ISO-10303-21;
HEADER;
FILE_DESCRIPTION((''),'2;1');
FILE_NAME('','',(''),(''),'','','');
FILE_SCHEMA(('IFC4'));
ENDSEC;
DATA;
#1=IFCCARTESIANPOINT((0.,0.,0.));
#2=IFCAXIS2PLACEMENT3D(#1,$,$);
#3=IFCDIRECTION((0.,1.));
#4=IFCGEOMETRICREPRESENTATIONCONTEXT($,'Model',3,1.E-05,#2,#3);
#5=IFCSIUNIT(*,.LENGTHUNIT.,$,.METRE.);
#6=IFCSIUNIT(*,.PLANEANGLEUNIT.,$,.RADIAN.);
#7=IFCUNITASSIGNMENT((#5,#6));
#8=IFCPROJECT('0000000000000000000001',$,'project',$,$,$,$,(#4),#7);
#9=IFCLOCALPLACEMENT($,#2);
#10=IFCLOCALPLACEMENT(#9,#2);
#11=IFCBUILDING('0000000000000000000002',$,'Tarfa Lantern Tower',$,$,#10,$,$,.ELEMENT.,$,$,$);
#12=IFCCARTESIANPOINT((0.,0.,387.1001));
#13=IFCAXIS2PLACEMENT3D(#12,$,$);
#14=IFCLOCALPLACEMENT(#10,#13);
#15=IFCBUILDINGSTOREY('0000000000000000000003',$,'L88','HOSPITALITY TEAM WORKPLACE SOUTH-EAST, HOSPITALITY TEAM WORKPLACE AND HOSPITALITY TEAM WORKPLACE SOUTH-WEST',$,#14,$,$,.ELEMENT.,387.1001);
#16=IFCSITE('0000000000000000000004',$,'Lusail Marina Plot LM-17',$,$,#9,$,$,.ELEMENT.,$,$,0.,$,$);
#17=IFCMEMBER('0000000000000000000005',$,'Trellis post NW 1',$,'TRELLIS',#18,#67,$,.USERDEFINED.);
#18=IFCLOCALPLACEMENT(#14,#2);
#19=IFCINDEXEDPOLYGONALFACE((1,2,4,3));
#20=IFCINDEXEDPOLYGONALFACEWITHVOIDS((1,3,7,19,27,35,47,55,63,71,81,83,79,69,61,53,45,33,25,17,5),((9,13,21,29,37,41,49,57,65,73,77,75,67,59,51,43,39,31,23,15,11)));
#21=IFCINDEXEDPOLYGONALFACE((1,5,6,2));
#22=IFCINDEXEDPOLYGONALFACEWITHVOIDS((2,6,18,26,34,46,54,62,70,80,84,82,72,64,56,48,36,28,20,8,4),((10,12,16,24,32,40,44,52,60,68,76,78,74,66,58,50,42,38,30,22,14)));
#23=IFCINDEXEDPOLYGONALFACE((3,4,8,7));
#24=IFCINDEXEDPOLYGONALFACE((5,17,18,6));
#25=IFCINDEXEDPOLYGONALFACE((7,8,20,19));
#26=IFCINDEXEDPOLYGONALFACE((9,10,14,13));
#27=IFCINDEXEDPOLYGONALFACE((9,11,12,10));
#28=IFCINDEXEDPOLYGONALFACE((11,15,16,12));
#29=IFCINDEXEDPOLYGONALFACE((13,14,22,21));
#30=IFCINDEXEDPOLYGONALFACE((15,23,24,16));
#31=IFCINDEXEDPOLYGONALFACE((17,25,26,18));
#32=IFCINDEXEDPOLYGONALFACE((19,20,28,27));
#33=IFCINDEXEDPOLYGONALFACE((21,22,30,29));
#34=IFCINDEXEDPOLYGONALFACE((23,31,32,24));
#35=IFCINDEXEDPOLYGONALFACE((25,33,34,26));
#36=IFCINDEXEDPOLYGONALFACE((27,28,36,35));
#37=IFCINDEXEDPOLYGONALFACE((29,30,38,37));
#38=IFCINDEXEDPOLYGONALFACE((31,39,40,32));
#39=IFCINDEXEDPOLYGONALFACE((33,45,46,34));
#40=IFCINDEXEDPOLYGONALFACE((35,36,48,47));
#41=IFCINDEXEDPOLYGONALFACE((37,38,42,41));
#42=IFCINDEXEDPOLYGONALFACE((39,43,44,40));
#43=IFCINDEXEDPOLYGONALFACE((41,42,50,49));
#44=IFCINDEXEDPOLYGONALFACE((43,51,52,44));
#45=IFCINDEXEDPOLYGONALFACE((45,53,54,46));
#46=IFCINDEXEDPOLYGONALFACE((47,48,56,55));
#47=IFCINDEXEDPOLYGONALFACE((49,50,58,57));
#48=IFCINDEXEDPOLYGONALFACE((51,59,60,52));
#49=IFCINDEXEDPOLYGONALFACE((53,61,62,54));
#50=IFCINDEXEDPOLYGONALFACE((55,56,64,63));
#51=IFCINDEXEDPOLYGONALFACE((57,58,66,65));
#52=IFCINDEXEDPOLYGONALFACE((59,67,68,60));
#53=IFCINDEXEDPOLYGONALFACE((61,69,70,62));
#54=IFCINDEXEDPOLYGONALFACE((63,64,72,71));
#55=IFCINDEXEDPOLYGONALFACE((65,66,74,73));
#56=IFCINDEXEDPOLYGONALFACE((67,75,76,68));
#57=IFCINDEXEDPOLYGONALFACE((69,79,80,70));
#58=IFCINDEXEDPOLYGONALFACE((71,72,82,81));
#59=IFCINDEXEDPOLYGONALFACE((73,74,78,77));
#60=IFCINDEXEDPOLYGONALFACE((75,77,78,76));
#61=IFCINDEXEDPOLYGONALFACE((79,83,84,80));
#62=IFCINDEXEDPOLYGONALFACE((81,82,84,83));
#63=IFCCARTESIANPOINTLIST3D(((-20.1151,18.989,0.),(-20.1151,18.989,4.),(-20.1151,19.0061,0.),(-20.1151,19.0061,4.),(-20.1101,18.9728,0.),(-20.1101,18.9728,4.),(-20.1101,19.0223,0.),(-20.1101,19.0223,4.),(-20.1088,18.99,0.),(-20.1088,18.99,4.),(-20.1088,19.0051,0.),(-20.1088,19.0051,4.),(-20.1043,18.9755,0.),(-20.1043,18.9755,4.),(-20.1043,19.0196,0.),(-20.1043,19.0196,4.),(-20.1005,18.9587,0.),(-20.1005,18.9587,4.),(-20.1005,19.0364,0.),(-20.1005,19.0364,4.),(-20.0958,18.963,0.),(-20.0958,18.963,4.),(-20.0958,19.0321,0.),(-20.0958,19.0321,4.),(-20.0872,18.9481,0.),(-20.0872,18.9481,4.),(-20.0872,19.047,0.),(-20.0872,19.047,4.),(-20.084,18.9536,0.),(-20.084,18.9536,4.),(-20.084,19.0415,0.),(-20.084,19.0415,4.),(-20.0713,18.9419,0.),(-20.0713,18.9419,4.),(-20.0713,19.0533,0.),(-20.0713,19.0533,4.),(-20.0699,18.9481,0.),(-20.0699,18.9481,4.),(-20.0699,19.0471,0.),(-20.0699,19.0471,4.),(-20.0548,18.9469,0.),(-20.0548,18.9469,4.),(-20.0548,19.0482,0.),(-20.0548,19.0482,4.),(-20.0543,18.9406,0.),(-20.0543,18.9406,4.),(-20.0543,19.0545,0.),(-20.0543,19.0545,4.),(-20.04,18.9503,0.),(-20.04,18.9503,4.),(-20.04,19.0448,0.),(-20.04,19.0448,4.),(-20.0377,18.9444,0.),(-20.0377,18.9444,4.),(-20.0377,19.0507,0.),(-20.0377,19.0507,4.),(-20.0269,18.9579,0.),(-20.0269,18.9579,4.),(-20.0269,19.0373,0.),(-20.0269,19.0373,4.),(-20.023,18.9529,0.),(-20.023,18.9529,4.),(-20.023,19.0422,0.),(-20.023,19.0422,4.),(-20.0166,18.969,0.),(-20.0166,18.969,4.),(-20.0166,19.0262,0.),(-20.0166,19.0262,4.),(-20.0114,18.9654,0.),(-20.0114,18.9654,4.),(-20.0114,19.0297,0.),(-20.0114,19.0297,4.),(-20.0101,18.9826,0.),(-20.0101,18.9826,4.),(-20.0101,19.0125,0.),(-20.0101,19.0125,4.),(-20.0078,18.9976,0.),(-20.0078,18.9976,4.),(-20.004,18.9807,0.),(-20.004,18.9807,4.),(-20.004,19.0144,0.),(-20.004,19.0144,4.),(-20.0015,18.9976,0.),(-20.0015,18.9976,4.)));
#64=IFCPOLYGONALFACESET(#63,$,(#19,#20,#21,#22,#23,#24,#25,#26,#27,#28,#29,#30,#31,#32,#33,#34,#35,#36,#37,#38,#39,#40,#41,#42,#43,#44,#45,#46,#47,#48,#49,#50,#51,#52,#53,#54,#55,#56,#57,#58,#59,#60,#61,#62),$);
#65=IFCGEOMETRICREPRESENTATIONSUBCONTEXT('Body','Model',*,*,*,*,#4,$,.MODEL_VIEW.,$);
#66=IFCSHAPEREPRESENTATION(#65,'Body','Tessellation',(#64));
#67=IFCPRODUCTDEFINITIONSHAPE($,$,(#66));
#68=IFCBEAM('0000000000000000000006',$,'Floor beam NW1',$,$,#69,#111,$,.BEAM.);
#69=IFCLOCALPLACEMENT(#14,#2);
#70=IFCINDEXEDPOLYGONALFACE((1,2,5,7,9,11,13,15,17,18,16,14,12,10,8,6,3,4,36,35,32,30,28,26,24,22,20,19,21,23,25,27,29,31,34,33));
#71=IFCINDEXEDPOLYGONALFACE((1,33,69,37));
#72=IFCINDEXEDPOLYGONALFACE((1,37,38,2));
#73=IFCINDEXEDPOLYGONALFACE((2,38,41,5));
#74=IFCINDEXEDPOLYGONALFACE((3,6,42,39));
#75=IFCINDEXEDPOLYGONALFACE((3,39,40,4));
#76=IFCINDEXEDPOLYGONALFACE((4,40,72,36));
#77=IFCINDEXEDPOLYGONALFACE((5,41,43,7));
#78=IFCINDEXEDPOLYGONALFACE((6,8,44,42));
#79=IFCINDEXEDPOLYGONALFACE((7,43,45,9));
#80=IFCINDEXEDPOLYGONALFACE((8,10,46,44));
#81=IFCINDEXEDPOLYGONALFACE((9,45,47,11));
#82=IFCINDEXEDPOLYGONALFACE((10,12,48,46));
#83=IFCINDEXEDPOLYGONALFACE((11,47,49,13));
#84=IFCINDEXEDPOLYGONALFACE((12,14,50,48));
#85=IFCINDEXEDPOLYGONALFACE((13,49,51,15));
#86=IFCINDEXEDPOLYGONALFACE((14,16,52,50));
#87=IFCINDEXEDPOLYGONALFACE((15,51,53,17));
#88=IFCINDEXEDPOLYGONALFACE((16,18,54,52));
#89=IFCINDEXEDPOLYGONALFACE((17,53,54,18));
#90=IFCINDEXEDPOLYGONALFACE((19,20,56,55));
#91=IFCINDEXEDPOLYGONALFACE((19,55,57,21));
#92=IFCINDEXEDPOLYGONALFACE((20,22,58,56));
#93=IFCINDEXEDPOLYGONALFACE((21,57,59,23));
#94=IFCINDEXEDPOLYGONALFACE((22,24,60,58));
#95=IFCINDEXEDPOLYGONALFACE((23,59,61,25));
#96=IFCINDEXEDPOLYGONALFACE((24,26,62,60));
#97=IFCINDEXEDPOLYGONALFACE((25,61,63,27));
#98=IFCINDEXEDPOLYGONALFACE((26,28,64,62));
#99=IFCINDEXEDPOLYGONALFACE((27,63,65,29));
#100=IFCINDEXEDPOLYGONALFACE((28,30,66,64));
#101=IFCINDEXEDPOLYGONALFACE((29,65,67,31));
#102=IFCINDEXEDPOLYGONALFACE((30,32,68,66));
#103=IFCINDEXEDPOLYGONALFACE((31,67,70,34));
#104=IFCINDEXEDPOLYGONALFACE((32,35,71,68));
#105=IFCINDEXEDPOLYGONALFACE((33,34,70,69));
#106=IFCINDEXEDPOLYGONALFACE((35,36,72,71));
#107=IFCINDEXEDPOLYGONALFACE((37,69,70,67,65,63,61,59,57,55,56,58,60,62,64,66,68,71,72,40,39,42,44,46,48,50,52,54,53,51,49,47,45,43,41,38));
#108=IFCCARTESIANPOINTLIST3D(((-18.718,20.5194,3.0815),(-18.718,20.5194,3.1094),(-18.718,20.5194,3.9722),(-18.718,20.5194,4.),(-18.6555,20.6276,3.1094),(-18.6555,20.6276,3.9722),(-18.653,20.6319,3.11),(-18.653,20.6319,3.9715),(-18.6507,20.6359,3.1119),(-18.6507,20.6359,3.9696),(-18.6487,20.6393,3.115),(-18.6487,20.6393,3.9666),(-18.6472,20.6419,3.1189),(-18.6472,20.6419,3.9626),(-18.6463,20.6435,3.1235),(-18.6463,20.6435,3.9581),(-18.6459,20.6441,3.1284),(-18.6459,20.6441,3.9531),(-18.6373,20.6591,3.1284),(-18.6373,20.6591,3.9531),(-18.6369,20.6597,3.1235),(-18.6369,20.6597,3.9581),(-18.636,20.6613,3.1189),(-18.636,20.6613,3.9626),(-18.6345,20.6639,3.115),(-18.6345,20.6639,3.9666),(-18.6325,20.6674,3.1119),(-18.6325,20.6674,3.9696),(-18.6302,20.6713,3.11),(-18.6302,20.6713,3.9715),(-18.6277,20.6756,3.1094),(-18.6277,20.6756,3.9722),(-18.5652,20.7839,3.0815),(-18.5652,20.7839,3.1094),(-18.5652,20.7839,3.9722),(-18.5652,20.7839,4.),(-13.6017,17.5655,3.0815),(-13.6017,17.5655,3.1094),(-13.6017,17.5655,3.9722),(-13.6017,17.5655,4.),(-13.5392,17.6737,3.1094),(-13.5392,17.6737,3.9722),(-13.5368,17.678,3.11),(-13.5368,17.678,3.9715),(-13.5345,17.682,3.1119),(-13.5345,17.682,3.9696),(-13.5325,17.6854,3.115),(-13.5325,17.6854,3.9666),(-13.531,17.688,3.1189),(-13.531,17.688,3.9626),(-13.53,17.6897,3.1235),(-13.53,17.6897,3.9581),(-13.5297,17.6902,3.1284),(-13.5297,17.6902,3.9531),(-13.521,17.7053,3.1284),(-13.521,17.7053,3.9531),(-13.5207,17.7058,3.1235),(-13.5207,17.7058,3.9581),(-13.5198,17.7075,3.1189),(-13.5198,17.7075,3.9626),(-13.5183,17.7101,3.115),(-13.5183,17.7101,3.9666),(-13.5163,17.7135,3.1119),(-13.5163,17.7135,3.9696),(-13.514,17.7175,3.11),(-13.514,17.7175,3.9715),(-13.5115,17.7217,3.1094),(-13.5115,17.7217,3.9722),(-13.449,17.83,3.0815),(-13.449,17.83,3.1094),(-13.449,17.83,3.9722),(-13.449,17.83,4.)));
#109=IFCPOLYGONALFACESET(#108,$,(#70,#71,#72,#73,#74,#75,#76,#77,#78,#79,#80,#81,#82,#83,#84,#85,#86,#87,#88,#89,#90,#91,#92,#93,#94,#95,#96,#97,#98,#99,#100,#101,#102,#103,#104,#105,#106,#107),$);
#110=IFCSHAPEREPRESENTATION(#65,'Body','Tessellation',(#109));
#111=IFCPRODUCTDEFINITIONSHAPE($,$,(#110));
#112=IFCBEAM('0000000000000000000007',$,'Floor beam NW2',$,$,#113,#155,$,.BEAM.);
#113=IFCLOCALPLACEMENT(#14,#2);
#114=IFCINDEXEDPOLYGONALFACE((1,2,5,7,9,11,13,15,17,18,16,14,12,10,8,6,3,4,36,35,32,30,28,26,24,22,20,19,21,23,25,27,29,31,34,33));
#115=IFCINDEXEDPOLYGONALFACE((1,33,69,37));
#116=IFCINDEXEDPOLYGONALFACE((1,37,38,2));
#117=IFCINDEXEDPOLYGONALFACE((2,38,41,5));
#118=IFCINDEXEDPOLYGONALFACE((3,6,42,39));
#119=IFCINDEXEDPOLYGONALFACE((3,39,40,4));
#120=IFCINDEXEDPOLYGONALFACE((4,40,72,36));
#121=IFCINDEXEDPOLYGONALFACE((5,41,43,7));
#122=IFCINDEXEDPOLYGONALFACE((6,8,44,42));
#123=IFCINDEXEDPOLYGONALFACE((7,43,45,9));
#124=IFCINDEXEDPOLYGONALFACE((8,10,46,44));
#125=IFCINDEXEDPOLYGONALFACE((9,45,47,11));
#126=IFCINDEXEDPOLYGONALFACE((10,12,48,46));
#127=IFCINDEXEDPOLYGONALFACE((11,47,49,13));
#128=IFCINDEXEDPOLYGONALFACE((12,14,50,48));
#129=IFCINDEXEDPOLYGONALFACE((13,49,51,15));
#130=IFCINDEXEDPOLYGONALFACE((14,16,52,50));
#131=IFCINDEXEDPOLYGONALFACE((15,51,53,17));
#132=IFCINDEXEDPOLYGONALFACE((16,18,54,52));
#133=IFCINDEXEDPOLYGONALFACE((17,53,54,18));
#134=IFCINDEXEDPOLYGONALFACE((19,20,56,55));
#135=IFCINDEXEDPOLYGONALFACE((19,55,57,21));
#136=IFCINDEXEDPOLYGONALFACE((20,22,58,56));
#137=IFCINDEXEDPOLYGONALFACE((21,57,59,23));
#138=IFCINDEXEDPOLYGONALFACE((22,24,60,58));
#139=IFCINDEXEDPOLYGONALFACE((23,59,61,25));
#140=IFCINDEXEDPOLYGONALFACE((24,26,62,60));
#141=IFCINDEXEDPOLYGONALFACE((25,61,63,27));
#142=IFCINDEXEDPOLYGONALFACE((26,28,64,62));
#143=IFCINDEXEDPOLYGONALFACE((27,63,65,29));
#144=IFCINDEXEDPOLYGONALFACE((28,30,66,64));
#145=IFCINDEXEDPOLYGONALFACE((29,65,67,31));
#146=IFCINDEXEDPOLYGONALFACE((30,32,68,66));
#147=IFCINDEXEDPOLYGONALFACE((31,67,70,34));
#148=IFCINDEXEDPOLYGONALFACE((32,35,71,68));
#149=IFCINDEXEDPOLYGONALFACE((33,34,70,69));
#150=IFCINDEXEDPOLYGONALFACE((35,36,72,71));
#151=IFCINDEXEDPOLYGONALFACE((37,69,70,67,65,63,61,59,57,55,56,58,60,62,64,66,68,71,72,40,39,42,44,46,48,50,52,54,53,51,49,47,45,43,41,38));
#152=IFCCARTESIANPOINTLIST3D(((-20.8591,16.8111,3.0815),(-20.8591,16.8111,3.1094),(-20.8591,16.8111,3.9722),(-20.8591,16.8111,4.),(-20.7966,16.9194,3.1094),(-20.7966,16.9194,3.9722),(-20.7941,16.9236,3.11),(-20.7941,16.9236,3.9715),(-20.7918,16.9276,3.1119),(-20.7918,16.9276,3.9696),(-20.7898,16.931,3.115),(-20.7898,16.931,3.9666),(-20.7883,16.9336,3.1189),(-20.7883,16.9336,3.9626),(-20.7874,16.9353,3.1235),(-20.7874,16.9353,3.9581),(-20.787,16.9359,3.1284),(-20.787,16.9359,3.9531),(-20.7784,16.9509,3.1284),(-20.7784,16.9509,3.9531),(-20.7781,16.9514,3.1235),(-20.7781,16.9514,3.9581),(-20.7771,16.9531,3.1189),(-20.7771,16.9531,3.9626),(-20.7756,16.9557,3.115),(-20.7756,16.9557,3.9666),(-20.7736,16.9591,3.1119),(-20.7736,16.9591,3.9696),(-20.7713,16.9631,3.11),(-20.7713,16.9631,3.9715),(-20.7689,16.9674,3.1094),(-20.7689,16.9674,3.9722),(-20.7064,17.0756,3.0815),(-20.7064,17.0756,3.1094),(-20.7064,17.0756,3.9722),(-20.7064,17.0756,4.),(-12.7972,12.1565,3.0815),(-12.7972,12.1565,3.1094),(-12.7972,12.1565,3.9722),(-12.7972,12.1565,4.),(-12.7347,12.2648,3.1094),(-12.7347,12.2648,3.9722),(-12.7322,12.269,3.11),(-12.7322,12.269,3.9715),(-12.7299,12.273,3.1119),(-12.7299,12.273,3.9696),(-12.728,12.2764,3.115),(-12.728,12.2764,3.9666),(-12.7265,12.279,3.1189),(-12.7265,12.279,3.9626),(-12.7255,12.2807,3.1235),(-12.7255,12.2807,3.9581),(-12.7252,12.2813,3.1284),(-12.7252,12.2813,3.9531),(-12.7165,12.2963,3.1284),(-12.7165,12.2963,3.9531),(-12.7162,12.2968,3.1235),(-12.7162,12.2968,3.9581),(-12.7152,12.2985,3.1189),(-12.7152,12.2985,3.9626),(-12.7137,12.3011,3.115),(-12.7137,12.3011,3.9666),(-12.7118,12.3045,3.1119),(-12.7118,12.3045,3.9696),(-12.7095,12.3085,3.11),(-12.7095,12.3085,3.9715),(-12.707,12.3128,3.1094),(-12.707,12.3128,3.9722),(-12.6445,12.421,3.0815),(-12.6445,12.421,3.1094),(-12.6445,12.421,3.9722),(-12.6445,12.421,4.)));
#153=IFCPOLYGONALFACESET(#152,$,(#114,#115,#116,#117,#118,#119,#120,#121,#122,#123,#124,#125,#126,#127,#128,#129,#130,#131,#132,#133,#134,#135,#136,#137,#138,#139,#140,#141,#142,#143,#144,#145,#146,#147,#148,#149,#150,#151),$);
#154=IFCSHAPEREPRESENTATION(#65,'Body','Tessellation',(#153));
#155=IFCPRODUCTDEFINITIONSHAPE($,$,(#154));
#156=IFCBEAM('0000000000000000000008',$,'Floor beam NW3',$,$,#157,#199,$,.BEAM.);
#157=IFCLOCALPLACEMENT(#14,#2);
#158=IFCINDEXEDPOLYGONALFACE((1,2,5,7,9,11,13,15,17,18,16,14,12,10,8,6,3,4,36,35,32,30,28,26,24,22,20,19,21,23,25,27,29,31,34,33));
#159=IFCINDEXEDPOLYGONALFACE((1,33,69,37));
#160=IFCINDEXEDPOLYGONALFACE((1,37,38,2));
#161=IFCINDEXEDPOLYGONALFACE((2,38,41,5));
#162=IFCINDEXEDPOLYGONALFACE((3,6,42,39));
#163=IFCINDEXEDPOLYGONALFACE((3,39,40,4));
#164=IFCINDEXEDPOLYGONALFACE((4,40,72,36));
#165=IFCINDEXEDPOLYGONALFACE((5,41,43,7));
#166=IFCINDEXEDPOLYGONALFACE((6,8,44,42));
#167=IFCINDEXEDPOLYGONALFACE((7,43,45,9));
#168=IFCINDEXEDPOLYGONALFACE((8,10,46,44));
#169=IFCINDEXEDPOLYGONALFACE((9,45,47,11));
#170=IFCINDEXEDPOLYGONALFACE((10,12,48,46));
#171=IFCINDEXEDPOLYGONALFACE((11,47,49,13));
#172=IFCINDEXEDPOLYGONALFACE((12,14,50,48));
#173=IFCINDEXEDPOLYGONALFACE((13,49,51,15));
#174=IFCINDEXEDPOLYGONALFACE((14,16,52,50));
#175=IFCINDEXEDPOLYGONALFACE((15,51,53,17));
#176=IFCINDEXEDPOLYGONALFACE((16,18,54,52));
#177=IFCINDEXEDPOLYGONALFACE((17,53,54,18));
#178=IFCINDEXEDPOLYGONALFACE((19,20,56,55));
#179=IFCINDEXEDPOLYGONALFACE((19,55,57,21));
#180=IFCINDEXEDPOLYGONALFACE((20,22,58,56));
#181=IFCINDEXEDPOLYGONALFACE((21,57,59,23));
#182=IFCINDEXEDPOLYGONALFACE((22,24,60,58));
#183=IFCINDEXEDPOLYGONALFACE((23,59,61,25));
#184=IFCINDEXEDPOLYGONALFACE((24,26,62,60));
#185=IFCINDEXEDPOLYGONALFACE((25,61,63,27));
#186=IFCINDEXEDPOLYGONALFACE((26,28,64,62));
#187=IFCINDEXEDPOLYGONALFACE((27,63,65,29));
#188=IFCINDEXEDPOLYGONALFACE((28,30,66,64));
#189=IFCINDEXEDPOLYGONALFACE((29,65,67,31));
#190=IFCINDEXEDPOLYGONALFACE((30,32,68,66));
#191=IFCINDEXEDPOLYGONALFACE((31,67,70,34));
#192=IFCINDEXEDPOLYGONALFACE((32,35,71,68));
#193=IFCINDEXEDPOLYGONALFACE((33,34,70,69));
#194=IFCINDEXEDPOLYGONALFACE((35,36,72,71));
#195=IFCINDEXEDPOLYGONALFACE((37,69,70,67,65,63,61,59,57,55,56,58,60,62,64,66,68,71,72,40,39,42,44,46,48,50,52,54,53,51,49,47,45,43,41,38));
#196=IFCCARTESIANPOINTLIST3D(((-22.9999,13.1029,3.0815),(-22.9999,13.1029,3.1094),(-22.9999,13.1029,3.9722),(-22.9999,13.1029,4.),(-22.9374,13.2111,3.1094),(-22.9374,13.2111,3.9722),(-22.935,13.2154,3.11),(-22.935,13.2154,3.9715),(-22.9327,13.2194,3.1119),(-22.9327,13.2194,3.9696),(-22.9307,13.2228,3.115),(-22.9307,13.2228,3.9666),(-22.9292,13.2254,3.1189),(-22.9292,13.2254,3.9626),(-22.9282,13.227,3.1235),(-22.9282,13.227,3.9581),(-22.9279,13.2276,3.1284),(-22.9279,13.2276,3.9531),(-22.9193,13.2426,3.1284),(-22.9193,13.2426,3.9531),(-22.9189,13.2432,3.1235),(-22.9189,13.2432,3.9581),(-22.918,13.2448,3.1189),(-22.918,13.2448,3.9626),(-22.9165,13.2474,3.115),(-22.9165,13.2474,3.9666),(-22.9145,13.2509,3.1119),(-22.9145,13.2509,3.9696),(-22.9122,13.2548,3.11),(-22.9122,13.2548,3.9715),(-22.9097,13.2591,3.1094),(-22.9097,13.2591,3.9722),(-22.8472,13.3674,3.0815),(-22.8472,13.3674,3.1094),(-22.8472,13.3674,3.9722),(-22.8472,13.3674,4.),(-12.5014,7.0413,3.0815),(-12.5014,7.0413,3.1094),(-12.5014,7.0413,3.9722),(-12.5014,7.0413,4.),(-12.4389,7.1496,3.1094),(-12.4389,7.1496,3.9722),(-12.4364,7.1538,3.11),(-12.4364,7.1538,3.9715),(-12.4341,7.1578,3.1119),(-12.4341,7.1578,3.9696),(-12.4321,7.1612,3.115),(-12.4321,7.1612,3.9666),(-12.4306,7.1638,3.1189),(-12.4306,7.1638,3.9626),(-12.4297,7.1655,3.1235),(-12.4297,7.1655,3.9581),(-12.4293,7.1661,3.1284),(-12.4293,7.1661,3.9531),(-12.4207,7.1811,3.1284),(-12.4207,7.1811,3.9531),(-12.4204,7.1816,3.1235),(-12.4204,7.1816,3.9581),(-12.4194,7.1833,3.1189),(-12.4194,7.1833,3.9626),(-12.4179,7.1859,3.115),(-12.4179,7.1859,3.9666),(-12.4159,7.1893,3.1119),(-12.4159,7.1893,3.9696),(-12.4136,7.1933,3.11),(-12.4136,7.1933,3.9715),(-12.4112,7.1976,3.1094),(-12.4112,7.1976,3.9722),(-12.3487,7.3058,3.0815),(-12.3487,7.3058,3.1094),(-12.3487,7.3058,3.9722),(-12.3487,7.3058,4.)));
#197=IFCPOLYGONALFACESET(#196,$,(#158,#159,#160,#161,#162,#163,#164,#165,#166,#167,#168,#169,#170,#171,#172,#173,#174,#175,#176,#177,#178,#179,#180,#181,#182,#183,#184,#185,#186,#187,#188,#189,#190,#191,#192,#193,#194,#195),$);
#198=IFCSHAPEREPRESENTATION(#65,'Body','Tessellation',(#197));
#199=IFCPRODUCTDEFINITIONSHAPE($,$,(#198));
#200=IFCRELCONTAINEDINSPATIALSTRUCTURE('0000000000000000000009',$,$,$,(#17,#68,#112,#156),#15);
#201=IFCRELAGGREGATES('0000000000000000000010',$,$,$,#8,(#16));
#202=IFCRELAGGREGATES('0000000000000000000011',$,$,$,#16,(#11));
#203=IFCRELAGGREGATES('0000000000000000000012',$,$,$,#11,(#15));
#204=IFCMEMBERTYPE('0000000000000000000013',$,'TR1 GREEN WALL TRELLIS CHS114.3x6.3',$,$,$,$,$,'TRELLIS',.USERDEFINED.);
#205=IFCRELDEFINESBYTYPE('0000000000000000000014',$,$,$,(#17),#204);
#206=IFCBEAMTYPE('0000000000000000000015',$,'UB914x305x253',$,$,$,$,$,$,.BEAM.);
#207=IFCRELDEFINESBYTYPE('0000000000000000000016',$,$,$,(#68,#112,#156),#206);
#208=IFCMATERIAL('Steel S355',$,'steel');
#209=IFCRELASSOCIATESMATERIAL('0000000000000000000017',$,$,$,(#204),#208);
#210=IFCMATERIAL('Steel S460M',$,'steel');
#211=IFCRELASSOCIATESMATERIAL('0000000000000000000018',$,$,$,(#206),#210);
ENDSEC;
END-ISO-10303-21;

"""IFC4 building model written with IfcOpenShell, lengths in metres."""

from ifc_helpers import new_model, si_unit, direction, frame, origin, origin_2d, place, context, subcontext, project, spatial, hollow_circle, i_section, extrude, material, material_profile, profile_set, type_object, element, save


model = new_model("IFC4")

# Units and contexts
model_context = context("Model", 3, precision=1e-05, world=origin(), true_north=direction((0.0, 1.0)))
body_context = subcontext(model_context, "Body", "Model", "MODEL_VIEW")
ifc_project = project(units=[si_unit("LENGTHUNIT", "METRE"), si_unit("PLANEANGLEUNIT", "RADIAN")], contexts=[model_context])

# Site, building, storey
site_placement = place(None, origin())
site = spatial("IfcSite", under=ifc_project, at=site_placement, Name="Lusail Marina Plot LM-17", CompositionType="ELEMENT", RefElevation=0.0)
building_placement = place(site_placement, origin())
building = spatial("IfcBuilding", under=site, at=building_placement, Name="Tarfa Lantern Tower", CompositionType="ELEMENT")
storey_placement = place(building_placement, frame((0.0, 0.0, 387.1001)))
storey = spatial("IfcBuildingStorey", under=building, at=storey_placement, Name="L88", Description="HOSPITALITY TEAM WORKPLACE SOUTH-EAST, HOSPITALITY TEAM WORKPLACE AND HOSPITALITY TEAM WORKPLACE SOUTH-WEST", CompositionType="ELEMENT", Elevation=387.1001)

# Member
ifc_material_1 = material(Name="Steel S355", Category="steel")
ifc_material_profile_1 = material_profile(ifc_material_1, hollow_circle(Radius=0.0571, WallThickness=0.0063, at=origin_2d()), Name="CHS114.3x6.3")
ifc_profile_set_1 = profile_set([ifc_material_profile_1], Name="Steel S355")
member_type_1 = type_object("IfcMemberType", Name="TR1 GREEN WALL TRELLIS CHS114.3x6.3", ElementType="TRELLIS", PredefinedType="USERDEFINED", material=ifc_profile_set_1)
member_1_placement = place(storey_placement, frame((-20.0586, 18.9976, 0.0), z_axis=(0.0, 0.0, 1.0), x_axis=(1.0, 0.0, 0.0)))
element("IfcMember", 1, at=member_1_placement, inside=storey, type_object=member_type_1, Name="Trellis post NW 1", ObjectType="TRELLIS", PredefinedType="USERDEFINED", context=body_context, shape_type="SweptSolid", body=[
    extrude(hollow_circle(Radius=0.0571, WallThickness=0.0063, at=origin_2d()), origin(), (0.0, 0.0, 1.0), 4.0),
])

# Beams
ifc_material_2 = material(Name="Steel S460M", Category="steel")
ifc_material_profile_2 = material_profile(ifc_material_2, i_section(OverallWidth=0.3054, OverallDepth=0.9185, WebThickness=0.0173, FlangeThickness=0.0278, FilletRadius=0.019, at=origin_2d()), Name="UB914x305x253")
ifc_profile_set_2 = profile_set([ifc_material_profile_2], Name="Steel S460M")
beam_type_1 = type_object("IfcBeamType", Name="UB914x305x253", PredefinedType="BEAM", material=ifc_profile_set_2)
beam_1_placement = place(storey_placement, frame((-18.6416, 20.6516, 3.5408), z_axis=(0.866025, -0.500001, 0.0), x_axis=(0.500001, 0.866025, 0.0)))
element("IfcBeam", 2, at=beam_1_placement, inside=storey, type_object=beam_type_1, Name="Floor beam NW1", PredefinedType="BEAM", context=body_context, shape_type="SweptSolid", body=[
    extrude(i_section(OverallWidth=0.3054, OverallDepth=0.9185, WebThickness=0.0173, FlangeThickness=0.0278, FilletRadius=0.019, at=origin_2d()), origin(), (0.0, 0.0, 1.0), 5.9077),
])
beam_2_placement = place(storey_placement, frame((-20.7827, 16.9434, 3.5408), z_axis=(0.866022, -0.500006, 0.0), x_axis=(0.500006, 0.866022, 0.0)))
element("IfcBeam", 3, at=beam_2_placement, inside=storey, type_object=beam_type_1, Name="Floor beam NW2", PredefinedType="BEAM", context=body_context, shape_type="SweptSolid", body=[
    extrude(i_section(OverallWidth=0.3054, OverallDepth=0.9185, WebThickness=0.0173, FlangeThickness=0.0278, FilletRadius=0.019, at=origin_2d()), origin(), (0.0, 0.0, 1.0), 9.3091),
])
beam_3_placement = place(storey_placement, frame((-22.9236, 13.2351, 3.5408), z_axis=(0.866019, -0.500012, 0.0), x_axis=(0.500012, 0.866019, 0.0)))
element("IfcBeam", 4, at=beam_3_placement, inside=storey, type_object=beam_type_1, Name="Floor beam NW3", PredefinedType="BEAM", context=body_context, shape_type="SweptSolid", body=[
    extrude(i_section(OverallWidth=0.3054, OverallDepth=0.9185, WebThickness=0.0173, FlangeThickness=0.0278, FilletRadius=0.019, at=origin_2d()), origin(), (0.0, 0.0, 1.0), 12.1228),
])

save(model, "model.ifc")
